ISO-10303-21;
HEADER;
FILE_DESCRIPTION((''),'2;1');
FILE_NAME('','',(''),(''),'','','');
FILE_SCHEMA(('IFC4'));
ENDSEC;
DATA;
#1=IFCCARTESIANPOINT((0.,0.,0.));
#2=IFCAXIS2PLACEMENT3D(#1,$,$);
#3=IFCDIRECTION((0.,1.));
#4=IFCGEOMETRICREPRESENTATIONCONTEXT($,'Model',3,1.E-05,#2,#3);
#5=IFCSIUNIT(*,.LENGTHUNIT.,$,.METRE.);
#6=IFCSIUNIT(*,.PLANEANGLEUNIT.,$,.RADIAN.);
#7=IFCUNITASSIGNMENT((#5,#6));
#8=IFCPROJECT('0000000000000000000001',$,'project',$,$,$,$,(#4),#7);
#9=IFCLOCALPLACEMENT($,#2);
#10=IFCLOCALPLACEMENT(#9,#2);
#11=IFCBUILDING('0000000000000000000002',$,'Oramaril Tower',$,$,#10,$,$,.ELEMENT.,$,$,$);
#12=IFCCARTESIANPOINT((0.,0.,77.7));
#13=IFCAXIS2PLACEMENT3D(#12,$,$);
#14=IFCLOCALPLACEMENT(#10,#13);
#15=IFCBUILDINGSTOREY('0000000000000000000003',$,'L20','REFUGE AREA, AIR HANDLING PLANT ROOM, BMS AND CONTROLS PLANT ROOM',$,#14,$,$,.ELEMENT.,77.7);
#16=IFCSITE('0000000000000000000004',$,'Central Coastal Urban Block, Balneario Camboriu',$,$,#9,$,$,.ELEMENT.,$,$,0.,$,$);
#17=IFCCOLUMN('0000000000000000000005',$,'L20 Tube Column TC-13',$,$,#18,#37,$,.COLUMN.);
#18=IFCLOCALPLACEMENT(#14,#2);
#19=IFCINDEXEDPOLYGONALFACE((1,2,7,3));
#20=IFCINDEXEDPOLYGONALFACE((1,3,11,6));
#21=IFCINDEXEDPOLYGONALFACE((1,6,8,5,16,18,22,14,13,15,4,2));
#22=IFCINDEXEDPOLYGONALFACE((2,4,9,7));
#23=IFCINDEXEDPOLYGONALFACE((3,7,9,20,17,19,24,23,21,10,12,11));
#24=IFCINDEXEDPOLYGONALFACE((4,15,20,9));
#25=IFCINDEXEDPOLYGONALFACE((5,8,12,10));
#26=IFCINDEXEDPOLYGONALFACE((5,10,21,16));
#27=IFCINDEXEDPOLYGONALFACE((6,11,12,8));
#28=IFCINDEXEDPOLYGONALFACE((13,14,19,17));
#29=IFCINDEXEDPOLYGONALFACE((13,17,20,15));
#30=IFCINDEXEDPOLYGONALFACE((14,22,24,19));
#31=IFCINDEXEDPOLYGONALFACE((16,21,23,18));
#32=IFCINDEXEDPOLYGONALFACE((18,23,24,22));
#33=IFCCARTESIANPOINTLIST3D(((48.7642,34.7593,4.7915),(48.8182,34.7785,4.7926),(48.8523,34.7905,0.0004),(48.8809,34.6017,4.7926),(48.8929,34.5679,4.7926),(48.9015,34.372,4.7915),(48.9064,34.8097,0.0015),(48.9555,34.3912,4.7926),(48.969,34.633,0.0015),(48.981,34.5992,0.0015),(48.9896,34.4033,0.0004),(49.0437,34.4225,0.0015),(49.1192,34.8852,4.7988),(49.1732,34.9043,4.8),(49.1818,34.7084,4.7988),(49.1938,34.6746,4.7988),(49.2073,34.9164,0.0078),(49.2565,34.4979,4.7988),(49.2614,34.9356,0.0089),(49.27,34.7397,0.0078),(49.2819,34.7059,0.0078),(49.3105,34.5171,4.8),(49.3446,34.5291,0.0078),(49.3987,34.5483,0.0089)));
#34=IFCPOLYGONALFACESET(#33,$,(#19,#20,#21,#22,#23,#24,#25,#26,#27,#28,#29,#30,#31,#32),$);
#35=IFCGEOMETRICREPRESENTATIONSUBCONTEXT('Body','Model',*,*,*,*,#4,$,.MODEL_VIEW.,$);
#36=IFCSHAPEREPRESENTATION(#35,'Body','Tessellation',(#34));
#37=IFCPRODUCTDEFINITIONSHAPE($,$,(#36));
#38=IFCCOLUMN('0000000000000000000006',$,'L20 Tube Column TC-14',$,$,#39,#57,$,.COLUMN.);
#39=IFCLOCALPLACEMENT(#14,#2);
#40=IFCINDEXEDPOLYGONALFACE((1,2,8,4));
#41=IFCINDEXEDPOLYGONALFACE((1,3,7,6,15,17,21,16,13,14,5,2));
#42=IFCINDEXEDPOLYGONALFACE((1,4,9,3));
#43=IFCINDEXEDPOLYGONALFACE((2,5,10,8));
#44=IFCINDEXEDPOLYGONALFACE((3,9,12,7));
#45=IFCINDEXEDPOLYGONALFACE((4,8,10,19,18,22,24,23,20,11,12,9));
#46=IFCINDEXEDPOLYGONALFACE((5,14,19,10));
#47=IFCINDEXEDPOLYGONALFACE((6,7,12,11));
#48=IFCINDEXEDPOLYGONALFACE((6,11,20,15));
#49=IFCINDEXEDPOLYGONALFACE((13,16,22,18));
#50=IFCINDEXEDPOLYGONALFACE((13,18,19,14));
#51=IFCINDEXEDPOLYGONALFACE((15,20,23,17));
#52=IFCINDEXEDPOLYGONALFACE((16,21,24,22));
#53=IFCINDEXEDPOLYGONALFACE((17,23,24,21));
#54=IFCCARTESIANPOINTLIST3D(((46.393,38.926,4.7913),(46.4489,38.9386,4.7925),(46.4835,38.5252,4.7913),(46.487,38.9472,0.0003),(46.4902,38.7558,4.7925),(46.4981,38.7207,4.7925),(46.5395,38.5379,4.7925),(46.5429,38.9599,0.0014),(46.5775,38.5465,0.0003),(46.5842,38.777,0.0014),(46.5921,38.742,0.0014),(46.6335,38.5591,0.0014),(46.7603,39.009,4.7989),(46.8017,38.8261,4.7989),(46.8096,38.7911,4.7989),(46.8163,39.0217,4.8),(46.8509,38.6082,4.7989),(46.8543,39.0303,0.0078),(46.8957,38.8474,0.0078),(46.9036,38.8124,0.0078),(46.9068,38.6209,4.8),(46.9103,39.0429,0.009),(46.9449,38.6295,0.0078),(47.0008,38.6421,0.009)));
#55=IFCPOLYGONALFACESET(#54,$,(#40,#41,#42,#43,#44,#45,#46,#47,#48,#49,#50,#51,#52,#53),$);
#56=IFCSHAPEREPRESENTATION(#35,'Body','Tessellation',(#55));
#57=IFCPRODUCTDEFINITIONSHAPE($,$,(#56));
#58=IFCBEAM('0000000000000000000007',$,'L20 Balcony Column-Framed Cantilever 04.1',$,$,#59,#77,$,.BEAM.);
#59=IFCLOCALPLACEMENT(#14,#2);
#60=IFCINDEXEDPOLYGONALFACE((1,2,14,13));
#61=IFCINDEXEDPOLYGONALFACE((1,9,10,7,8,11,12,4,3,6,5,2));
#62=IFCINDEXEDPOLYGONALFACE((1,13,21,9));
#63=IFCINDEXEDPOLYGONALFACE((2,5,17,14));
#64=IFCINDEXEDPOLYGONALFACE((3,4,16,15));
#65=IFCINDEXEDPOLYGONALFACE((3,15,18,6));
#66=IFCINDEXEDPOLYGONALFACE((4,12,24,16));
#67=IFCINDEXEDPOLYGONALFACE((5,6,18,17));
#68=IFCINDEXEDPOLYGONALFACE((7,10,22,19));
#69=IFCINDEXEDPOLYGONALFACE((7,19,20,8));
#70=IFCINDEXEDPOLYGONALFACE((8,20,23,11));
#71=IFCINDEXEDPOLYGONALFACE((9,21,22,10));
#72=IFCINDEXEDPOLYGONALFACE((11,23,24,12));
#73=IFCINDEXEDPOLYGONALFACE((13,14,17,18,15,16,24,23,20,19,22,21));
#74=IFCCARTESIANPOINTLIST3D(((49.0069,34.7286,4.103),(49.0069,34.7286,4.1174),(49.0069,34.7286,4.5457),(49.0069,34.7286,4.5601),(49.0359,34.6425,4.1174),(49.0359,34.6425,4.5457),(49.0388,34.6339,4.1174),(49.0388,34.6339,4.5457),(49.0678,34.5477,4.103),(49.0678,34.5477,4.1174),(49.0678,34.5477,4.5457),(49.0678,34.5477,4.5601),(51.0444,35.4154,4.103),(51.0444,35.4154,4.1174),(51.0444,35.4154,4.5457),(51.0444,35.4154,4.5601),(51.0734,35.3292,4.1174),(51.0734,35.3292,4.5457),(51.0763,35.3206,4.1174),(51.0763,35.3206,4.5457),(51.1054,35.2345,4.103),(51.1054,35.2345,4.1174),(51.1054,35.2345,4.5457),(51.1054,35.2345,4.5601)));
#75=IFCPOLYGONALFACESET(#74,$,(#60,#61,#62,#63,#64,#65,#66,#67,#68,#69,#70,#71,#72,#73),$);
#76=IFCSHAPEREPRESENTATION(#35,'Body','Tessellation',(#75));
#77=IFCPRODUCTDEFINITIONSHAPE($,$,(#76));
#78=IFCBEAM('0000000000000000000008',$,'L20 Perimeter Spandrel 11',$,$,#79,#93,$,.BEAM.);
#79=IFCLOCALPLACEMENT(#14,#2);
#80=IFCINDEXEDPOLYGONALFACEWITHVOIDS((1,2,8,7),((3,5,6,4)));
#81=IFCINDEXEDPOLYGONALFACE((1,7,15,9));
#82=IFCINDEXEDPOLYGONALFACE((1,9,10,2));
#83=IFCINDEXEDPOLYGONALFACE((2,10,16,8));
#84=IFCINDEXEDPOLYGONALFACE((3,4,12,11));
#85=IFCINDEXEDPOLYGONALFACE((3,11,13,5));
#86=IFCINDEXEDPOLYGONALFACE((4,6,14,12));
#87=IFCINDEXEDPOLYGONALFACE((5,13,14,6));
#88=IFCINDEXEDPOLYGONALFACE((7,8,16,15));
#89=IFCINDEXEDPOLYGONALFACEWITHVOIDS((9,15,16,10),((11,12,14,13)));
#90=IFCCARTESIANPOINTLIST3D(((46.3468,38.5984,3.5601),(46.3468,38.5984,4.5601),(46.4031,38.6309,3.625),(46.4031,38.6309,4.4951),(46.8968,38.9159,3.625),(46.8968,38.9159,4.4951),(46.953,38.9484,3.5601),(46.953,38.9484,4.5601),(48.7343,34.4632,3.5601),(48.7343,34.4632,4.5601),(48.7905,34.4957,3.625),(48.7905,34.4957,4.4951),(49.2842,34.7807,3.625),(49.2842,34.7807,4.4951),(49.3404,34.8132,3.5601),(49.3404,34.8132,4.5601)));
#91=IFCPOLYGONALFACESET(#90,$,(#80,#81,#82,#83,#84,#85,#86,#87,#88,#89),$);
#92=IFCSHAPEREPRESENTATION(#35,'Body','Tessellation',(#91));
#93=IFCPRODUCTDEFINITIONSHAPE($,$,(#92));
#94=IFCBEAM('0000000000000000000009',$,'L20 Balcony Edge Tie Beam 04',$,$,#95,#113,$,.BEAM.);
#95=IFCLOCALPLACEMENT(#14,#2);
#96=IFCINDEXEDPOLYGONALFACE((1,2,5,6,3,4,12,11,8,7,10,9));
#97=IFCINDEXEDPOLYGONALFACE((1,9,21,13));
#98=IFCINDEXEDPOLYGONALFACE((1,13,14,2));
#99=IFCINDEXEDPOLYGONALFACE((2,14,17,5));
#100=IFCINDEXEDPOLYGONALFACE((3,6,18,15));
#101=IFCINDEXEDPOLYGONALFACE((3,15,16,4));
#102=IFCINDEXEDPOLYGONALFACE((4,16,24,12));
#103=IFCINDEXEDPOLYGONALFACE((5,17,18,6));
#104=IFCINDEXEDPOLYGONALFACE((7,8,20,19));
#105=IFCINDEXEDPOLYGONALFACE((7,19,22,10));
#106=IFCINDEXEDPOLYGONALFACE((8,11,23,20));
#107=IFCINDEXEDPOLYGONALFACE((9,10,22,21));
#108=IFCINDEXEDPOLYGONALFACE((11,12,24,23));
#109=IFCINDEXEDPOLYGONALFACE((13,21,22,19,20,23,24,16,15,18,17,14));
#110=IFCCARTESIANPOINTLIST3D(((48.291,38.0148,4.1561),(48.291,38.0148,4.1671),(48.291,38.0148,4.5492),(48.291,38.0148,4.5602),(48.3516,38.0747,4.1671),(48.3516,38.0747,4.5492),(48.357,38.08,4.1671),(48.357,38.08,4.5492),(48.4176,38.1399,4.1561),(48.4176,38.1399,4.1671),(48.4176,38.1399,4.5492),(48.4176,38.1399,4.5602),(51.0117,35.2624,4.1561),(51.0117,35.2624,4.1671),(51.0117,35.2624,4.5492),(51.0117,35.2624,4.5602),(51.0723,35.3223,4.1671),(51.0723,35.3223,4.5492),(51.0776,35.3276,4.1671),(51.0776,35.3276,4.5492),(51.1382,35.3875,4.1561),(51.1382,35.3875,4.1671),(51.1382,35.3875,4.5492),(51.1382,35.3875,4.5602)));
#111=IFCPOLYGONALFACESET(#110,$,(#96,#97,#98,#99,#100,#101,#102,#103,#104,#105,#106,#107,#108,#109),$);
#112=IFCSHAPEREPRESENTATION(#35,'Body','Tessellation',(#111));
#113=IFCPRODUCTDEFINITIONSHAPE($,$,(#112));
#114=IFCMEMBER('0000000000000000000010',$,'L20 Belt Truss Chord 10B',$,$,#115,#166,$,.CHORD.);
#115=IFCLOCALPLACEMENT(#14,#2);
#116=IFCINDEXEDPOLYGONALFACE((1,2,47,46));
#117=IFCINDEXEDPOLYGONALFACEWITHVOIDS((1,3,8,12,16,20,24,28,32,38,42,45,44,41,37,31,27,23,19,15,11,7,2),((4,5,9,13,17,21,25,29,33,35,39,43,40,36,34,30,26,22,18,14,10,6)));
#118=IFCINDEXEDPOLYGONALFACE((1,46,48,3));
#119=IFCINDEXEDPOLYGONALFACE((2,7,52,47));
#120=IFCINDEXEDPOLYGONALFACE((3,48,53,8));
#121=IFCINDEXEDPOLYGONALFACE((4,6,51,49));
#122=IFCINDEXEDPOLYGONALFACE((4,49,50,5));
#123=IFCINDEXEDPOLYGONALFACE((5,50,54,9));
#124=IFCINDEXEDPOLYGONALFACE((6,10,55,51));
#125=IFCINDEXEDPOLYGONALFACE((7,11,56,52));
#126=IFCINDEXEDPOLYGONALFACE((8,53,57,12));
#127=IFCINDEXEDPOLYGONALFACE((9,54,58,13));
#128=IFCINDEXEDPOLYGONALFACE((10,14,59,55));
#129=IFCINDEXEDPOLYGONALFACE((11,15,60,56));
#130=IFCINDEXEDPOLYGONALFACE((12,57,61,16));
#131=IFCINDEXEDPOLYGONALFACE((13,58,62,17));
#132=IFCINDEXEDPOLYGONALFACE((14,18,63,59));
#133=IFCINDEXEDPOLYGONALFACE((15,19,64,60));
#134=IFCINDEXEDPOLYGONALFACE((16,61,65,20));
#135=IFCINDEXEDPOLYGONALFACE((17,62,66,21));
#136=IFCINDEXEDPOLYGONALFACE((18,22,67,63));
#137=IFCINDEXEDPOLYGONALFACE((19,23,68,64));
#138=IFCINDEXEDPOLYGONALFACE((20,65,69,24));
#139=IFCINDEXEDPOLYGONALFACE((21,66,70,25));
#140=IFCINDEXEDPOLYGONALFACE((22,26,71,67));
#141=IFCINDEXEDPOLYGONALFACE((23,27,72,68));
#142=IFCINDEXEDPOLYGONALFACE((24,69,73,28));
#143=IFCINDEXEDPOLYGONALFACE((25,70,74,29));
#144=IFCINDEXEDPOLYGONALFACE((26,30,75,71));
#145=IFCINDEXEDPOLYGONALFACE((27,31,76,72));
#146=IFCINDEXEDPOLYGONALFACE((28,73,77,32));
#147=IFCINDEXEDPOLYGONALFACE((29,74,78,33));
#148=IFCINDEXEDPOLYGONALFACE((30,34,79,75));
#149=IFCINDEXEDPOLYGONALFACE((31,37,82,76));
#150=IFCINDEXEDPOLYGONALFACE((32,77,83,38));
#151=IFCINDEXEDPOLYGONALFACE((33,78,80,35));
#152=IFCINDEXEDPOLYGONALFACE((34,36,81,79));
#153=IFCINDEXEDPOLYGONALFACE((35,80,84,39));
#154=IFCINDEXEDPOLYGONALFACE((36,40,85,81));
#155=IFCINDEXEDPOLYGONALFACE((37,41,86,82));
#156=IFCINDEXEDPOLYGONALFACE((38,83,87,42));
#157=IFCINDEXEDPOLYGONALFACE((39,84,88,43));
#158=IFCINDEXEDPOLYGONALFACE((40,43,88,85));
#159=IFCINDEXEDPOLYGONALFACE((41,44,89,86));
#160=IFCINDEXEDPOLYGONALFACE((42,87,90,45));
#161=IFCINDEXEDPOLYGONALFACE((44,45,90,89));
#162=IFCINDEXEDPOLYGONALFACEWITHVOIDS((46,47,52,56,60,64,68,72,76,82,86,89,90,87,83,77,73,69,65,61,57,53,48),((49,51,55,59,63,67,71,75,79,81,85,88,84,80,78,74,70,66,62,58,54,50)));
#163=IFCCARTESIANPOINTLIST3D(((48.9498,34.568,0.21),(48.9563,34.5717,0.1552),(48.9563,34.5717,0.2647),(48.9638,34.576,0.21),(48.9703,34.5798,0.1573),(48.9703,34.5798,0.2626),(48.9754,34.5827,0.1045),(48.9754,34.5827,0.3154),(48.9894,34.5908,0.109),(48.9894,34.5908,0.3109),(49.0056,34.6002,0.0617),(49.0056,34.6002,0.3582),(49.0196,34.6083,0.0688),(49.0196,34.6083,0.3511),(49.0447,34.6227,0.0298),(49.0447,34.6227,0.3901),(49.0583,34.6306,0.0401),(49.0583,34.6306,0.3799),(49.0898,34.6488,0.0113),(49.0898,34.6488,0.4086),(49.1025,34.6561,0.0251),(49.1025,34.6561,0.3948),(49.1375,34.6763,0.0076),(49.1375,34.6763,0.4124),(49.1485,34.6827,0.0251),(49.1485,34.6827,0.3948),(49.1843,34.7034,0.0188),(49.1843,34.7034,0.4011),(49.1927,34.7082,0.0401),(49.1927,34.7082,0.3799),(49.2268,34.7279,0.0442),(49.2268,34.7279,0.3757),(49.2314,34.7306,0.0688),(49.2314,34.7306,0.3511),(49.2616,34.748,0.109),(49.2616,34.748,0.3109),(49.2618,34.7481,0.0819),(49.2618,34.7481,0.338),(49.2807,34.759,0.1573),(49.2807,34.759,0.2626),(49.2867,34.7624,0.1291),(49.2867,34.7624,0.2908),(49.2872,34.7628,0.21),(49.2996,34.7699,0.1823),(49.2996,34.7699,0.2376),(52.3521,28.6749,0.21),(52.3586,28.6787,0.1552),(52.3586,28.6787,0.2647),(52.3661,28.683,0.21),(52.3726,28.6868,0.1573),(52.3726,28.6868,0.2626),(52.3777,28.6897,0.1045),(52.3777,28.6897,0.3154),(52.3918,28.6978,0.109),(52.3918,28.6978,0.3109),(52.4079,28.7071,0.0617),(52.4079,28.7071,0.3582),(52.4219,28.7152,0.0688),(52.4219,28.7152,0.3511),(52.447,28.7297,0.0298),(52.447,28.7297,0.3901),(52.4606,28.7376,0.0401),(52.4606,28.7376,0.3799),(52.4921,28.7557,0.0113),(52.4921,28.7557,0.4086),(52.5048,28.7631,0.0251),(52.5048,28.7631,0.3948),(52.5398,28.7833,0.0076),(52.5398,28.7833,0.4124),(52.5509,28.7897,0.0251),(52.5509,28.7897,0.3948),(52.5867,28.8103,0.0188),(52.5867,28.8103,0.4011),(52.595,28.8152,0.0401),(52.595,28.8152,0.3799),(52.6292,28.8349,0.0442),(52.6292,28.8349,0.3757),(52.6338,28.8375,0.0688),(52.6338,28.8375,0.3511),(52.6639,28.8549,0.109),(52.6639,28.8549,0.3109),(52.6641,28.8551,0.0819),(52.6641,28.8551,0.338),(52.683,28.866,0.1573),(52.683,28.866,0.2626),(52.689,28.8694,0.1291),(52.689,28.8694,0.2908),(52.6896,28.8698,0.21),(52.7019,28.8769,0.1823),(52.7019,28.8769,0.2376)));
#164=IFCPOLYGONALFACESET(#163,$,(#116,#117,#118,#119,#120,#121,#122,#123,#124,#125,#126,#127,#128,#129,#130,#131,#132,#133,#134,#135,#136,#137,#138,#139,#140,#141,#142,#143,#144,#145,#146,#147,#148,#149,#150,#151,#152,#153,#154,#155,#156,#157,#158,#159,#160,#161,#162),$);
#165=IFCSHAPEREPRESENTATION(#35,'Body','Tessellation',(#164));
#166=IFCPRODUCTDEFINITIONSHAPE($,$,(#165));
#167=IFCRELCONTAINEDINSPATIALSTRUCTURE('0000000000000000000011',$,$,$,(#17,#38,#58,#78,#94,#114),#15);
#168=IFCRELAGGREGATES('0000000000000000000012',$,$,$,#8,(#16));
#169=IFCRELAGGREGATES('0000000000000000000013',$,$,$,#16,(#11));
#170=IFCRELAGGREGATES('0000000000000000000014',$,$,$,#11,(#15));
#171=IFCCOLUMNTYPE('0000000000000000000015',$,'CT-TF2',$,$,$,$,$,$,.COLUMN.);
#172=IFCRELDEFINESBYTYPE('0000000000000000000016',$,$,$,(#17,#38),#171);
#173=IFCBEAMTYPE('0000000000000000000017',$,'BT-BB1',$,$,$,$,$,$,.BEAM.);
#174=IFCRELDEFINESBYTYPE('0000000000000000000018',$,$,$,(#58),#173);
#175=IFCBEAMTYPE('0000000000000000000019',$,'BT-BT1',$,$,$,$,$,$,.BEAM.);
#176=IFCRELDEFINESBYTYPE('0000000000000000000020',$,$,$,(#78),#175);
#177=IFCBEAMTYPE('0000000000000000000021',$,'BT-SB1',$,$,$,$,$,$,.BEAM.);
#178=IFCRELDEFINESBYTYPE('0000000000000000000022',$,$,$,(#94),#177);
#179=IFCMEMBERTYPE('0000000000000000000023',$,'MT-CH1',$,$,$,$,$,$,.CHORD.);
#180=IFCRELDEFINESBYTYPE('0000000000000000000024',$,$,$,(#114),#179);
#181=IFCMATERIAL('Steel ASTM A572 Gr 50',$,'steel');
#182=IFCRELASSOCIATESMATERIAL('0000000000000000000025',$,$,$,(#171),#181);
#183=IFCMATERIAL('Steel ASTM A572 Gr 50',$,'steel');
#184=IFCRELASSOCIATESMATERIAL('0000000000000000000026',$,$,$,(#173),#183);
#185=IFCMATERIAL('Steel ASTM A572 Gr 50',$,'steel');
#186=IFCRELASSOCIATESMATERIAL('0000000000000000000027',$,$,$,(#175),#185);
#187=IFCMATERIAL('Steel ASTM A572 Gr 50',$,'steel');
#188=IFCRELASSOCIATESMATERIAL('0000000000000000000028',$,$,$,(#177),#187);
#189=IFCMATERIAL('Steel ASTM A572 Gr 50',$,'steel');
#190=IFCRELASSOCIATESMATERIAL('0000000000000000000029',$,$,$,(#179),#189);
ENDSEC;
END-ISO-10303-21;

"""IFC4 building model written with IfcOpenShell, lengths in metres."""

from ifc_helpers import new_model, si_unit, direction, frame, origin, origin_2d, place, context, subcontext, project, spatial, hollow_rectangle, hollow_circle, i_section, extrude, material, material_profile, profile_set, type_object, element, save


model = new_model("IFC4")

# Units and contexts
model_context = context("Model", 3, precision=1e-05, world=origin(), true_north=direction((0.0, 1.0)))
body_context = subcontext(model_context, "Body", "Model", "MODEL_VIEW")
ifc_project = project(units=[si_unit("LENGTHUNIT", "METRE"), si_unit("PLANEANGLEUNIT", "RADIAN")], contexts=[model_context])

# Site, building, storey
site_placement = place(None, origin())
site = spatial("IfcSite", under=ifc_project, at=site_placement, Name="Central Coastal Urban Block, Balneario Camboriu", CompositionType="ELEMENT", RefElevation=0.0)
building_placement = place(site_placement, origin())
building = spatial("IfcBuilding", under=site, at=building_placement, Name="Oramaril Tower", CompositionType="ELEMENT")
storey_placement = place(building_placement, frame((0.0, 0.0, 77.7)))
storey = spatial("IfcBuildingStorey", under=building, at=storey_placement, Name="L20", Description="REFUGE AREA, AIR HANDLING PLANT ROOM, BMS AND CONTROLS PLANT ROOM", CompositionType="ELEMENT", Elevation=77.7)

# Columns
ifc_material_1 = material(Name="Steel ASTM A572 Gr 50", Category="steel")
ifc_material_profile_1 = material_profile(ifc_material_1, i_section(OverallWidth=0.4109, OverallDepth=0.4341, WebThickness=0.0359, FlangeThickness=0.0574, at=origin_2d()), Name="W14X311")
ifc_profile_set_1 = profile_set([ifc_material_profile_1], Name="Steel ASTM A572 Gr 50")
column_type = type_object("IfcColumnType", Name="CT-TF2", PredefinedType="COLUMN", material=ifc_profile_set_1)
for number, where, z_axis, x_axis, name in (
    (1, (49.1255, 34.6694, 0.0046), (-0.018392, -0.006521, 0.99981), (0.334185, -0.942507, 0.0), "L20 Tube Column TC-13"),
    (2, (46.7439, 38.7947, 0.0046), (-0.019615, -0.004432, 0.999798), (0.220416, -0.975406, 0.0), "L20 Tube Column TC-14"),
):
    element("IfcColumn", number, at=place(storey_placement, frame(where, z_axis=z_axis, x_axis=x_axis)), inside=storey, type_object=column_type, Name=name, PredefinedType="COLUMN", context=body_context, shape_type="SweptSolid", body=[
        extrude(i_section(OverallWidth=0.4109, OverallDepth=0.4341, WebThickness=0.0359, FlangeThickness=0.0574, at=origin_2d()), origin(), (0.0, 0.0, 1.0), 4.792),
    ])

# Beams
ifc_material_2 = material(Name="Steel ASTM A572 Gr 50", Category="steel")
ifc_material_profile_2 = material_profile(ifc_material_2, i_section(OverallWidth=0.1909, OverallDepth=0.457, WebThickness=0.009, FlangeThickness=0.0144, at=origin_2d()), Name="W18X50")
ifc_profile_set_2 = profile_set([ifc_material_profile_2], Name="Steel ASTM A572 Gr 50")
beam_type_1 = type_object("IfcBeamType", Name="BT-BB1", PredefinedType="BEAM", material=ifc_profile_set_2)
beam_1_placement = place(storey_placement, frame((49.0374, 34.6382, 4.3315), z_axis=(0.947622, 0.319394, 0.0), x_axis=(-0.319394, 0.947622, 0.0)))
element("IfcBeam", 3, at=beam_1_placement, inside=storey, type_object=beam_type_1, Name="L20 Balcony Column-Framed Cantilever 04.1", PredefinedType="BEAM", context=body_context, shape_type="SweptSolid", body=[
    extrude(i_section(OverallWidth=0.1909, OverallDepth=0.457, WebThickness=0.009, FlangeThickness=0.0144, at=origin_2d()), origin(), (0.0, 0.0, 1.0), 2.1501),
])
ifc_material_3 = material(Name="Steel ASTM A572 Gr 50", Category="steel")
ifc_material_profile_3 = material_profile(ifc_material_3, hollow_rectangle(XDim=0.7, YDim=1.0, WallThickness=0.0649, at=origin_2d()), Name="BOX1000X700X65")
ifc_profile_set_3 = profile_set([ifc_material_profile_3], Name="Steel ASTM A572 Gr 50")
beam_type_2 = type_object("IfcBeamType", Name="BT-BT1", PredefinedType="BEAM", material=ifc_profile_set_3)
beam_2_placement = place(storey_placement, frame((49.0374, 34.6382, 4.0601), z_axis=(-0.499994, 0.866029, 0.0), x_axis=(-0.866029, -0.499994, 0.0)))
element("IfcBeam", 4, at=beam_2_placement, inside=storey, type_object=beam_type_2, Name="L20 Perimeter Spandrel 11", PredefinedType="BEAM", context=body_context, shape_type="SweptSolid", body=[
    extrude(hollow_rectangle(XDim=0.7, YDim=1.0, WallThickness=0.0649, at=origin_2d()), origin(), (0.0, 0.0, 1.0), 4.7749),
])
ifc_material_4 = material(Name="Steel ASTM A572 Gr 50", Category="steel")
ifc_material_profile_4 = material_profile(ifc_material_4, i_section(OverallWidth=0.178, OverallDepth=0.4041, WebThickness=0.0076, FlangeThickness=0.011, at=origin_2d()), Name="W16X36")
ifc_profile_set_4 = profile_set([ifc_material_profile_4], Name="Steel ASTM A572 Gr 50")
beam_type_3 = type_object("IfcBeamType", Name="BT-SB1", PredefinedType="BEAM", material=ifc_profile_set_4)
beam_3_placement = place(storey_placement, frame((51.075, 35.325, 4.3582), z_axis=(-0.702995, 0.711195, 0.0), x_axis=(-0.711195, -0.702995, 0.0)))
element("IfcBeam", 5, at=beam_3_placement, inside=storey, type_object=beam_type_3, Name="L20 Balcony Edge Tie Beam 04", PredefinedType="BEAM", context=body_context, shape_type="SweptSolid", body=[
    extrude(i_section(OverallWidth=0.178, OverallDepth=0.4041, WebThickness=0.0076, FlangeThickness=0.011, at=origin_2d()), origin(), (0.0, 0.0, 1.0), 3.8701),
])

# Member
ifc_material_5 = material(Name="Steel ASTM A572 Gr 50", Category="steel")
ifc_material_profile_5 = material_profile(ifc_material_5, hollow_circle(Radius=0.2029, WallThickness=0.0161, at=origin_2d()), Name="CHS406X16")
ifc_profile_set_5 = profile_set([ifc_material_profile_5], Name="Steel ASTM A572 Gr 50")
member_type_1 = type_object("IfcMemberType", Name="MT-CH1", PredefinedType="CHORD", material=ifc_profile_set_5)
member_1_placement = place(storey_placement, frame((52.5278, 28.7764, 0.21), z_axis=(-0.499998, 0.866027, 0.0), x_axis=(-0.866027, -0.499998, 0.0)))
element("IfcMember", 6, at=member_1_placement, inside=storey, type_object=member_type_1, Name="L20 Belt Truss Chord 10B", PredefinedType="CHORD", context=body_context, shape_type="SweptSolid", body=[
    extrude(hollow_circle(Radius=0.2029, WallThickness=0.0161, at=origin_2d()), origin(), (0.0, 0.0, 1.0), 6.8047),
])

save(model, "model.ifc")
